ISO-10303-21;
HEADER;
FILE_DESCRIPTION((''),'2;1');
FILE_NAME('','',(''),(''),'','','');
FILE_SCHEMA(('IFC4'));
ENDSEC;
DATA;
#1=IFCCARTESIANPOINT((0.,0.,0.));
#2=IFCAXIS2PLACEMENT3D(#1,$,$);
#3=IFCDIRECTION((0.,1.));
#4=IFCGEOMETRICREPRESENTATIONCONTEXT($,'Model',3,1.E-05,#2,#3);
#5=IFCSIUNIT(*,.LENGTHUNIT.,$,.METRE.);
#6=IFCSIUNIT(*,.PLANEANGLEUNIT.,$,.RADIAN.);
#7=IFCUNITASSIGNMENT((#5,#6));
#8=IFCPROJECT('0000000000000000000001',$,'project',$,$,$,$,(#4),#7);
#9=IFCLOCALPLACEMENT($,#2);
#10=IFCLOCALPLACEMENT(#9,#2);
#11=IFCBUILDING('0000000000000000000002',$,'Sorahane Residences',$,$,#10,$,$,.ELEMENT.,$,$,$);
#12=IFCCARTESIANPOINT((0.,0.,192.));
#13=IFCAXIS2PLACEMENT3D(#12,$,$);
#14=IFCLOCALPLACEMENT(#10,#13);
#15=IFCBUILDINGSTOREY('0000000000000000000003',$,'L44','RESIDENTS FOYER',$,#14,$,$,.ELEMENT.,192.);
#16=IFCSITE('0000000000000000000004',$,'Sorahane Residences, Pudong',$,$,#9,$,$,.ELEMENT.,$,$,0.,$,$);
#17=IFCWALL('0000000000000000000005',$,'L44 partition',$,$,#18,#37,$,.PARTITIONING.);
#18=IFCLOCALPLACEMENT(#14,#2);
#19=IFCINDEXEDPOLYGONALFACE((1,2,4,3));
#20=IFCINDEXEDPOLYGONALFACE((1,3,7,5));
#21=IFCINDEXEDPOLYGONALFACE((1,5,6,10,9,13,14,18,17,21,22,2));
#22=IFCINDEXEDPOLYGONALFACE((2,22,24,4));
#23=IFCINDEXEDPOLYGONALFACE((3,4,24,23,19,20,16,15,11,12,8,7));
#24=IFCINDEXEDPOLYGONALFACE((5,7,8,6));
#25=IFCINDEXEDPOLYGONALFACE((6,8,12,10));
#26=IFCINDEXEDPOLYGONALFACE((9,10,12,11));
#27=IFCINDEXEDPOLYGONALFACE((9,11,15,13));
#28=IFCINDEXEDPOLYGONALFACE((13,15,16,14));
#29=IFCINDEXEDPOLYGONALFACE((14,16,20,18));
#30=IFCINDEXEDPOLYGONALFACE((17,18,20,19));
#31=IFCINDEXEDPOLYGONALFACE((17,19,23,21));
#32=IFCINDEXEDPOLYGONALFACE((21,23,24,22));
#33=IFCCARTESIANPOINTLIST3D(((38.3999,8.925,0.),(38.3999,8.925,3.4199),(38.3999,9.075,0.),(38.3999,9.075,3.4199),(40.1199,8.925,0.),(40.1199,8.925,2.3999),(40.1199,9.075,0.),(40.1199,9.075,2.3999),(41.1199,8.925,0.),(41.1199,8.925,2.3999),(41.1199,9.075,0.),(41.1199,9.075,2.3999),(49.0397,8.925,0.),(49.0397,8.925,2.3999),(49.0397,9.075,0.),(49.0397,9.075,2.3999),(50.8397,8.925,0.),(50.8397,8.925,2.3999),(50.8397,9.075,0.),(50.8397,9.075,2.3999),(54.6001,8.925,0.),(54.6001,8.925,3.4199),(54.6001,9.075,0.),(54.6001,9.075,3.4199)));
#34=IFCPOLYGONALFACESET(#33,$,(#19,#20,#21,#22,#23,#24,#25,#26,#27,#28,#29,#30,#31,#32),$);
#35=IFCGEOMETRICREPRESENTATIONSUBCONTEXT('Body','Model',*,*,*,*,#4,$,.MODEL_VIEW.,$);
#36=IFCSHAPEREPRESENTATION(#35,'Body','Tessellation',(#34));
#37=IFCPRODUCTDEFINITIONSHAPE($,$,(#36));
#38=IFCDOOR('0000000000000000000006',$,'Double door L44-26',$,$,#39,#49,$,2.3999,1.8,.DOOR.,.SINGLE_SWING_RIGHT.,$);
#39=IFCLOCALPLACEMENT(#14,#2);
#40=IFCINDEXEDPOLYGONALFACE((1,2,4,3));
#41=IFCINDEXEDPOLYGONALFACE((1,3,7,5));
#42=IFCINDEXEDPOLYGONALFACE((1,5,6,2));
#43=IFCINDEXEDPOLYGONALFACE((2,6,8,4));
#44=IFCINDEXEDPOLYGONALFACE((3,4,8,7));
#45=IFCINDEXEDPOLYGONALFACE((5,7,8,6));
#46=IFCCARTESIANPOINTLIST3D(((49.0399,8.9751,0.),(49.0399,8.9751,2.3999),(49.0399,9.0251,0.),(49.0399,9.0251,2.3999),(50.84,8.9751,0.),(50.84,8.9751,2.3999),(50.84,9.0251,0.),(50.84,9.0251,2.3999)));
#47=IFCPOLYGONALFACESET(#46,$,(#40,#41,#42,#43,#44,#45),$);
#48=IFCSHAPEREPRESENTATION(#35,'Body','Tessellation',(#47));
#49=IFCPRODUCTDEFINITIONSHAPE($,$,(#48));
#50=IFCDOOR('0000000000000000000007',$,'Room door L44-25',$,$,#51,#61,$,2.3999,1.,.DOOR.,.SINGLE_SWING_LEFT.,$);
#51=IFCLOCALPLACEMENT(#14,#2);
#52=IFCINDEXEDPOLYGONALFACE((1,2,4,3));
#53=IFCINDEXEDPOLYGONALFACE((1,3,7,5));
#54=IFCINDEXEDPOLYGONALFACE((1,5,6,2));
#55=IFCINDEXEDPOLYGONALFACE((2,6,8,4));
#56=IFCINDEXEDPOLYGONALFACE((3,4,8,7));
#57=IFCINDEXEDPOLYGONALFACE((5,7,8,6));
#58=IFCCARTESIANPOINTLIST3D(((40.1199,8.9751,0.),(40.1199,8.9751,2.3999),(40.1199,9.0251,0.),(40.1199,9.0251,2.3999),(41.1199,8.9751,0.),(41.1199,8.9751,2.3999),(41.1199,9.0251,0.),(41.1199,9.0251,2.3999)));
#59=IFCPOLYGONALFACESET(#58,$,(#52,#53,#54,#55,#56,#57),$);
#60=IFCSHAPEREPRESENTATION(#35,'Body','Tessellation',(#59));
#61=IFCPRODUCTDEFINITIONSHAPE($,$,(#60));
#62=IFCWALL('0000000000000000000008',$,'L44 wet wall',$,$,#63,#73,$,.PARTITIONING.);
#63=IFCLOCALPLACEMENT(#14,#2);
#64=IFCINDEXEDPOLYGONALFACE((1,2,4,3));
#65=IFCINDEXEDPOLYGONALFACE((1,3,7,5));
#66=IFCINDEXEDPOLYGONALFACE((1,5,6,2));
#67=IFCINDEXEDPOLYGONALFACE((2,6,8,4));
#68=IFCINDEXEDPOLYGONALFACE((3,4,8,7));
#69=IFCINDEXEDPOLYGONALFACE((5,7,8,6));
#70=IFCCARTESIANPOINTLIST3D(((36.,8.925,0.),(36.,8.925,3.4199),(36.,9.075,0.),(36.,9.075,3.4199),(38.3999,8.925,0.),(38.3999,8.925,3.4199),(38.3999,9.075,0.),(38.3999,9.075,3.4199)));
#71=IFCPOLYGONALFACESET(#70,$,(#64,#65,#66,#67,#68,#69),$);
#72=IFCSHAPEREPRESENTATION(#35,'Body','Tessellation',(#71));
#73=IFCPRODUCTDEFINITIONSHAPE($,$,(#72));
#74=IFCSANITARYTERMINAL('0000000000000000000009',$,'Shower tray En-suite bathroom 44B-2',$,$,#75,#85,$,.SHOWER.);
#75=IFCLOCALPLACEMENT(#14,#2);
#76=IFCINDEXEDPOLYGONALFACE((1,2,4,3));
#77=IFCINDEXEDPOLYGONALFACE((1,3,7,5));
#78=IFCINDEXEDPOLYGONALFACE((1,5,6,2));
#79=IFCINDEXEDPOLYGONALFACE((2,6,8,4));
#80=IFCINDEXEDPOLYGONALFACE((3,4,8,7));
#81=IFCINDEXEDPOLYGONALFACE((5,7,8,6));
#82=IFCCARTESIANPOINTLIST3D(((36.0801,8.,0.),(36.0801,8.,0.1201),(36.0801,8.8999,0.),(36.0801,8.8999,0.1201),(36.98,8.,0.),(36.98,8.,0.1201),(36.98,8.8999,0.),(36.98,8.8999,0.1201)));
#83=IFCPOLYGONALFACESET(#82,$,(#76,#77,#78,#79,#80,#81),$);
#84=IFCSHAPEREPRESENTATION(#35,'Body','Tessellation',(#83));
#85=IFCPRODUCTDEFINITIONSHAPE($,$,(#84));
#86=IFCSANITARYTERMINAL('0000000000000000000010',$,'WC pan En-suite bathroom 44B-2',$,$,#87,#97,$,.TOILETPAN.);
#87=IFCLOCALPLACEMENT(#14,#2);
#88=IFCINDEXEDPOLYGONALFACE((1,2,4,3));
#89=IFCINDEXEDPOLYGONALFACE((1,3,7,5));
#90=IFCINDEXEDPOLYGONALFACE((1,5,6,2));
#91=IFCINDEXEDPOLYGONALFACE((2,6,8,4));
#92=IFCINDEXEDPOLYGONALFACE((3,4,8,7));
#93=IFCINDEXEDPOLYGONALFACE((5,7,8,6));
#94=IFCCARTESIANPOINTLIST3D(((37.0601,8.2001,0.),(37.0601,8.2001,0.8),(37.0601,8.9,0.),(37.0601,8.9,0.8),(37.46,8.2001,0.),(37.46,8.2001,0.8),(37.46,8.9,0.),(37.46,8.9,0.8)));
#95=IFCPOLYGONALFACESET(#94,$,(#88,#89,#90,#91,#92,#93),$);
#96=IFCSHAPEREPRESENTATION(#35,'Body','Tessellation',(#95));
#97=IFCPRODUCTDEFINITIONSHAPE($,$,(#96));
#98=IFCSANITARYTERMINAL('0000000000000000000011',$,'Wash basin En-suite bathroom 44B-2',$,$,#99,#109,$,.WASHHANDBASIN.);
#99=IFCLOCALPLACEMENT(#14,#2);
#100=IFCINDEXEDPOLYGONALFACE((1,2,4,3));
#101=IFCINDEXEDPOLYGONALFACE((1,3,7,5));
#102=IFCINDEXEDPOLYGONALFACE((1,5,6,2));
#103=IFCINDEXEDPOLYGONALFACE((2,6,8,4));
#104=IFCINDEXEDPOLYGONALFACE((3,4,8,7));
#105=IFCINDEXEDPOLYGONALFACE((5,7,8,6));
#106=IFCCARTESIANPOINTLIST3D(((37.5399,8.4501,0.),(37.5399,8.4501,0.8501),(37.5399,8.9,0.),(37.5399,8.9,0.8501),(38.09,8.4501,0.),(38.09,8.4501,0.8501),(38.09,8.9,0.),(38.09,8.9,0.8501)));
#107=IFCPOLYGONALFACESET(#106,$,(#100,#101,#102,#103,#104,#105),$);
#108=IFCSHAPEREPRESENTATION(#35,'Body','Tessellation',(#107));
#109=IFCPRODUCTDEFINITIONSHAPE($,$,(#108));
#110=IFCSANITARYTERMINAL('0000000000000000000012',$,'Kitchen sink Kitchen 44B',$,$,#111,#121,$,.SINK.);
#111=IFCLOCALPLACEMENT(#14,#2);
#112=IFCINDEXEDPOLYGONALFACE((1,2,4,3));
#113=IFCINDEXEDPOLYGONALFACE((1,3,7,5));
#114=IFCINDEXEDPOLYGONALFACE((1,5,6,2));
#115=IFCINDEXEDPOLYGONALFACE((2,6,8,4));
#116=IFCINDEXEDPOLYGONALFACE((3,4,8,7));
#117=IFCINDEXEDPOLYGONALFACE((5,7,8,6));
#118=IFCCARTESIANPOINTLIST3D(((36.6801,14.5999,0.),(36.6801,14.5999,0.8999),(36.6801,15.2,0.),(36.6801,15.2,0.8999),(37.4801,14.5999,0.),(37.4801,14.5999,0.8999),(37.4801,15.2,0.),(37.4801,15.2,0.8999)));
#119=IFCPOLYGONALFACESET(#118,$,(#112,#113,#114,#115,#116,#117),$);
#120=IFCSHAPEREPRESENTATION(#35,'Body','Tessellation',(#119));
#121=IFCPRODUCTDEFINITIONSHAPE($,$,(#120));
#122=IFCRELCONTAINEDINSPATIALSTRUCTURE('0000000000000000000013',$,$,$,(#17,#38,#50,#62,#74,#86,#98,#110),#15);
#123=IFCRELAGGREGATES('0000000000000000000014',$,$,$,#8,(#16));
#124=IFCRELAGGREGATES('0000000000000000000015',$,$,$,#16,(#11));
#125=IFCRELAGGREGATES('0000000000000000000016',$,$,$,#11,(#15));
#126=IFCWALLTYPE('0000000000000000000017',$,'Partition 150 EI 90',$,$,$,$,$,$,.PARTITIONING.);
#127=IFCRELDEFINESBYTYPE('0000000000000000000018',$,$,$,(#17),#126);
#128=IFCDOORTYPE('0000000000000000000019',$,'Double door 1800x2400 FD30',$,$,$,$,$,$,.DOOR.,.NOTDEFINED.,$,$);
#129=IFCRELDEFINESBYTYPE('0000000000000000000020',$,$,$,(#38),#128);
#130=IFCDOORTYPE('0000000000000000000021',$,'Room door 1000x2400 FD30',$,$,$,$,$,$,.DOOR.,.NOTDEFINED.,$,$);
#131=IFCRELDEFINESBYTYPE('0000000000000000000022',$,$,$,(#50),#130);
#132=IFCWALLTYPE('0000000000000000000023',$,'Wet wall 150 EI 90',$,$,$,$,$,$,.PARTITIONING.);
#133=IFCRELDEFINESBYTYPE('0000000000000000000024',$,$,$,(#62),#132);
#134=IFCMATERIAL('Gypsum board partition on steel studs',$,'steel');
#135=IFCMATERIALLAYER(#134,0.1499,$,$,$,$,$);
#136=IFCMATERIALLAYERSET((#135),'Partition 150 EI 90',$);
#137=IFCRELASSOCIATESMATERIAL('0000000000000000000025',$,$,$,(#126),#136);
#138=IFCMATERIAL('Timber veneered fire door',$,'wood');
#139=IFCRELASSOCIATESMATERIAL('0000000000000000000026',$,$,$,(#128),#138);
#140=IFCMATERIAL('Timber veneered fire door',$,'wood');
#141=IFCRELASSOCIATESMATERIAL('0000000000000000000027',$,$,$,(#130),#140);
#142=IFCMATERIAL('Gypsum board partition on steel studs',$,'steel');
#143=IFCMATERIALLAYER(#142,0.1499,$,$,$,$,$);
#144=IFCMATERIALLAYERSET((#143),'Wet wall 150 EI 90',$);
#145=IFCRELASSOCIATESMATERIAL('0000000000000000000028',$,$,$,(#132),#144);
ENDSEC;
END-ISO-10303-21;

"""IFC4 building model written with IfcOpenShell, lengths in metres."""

from ifc_helpers import new_model, si_unit, direction, frame, frame_2d, origin, origin_2d, place, context, subcontext, project, spatial, rectangle, extrude, material, layer, layer_set, type_object, element, fill, save


model = new_model("IFC4")

# Units and contexts
model_context = context("Model", 3, precision=1e-05, world=origin(), true_north=direction((0.0, 1.0)))
body_context = subcontext(model_context, "Body", "Model", "MODEL_VIEW")
ifc_project = project(units=[si_unit("LENGTHUNIT", "METRE"), si_unit("PLANEANGLEUNIT", "RADIAN")], contexts=[model_context])

# Site, building, storey
site_placement = place(None, origin())
site = spatial("IfcSite", under=ifc_project, at=site_placement, Name="Sorahane Residences, Pudong", CompositionType="ELEMENT", RefElevation=0.0)
building_placement = place(site_placement, origin())
building = spatial("IfcBuilding", under=site, at=building_placement, Name="Sorahane Residences", CompositionType="ELEMENT")
storey_placement = place(building_placement, frame((0.0, 0.0, 192.0)))
storey = spatial("IfcBuildingStorey", under=building, at=storey_placement, Name="L44", Description="RESIDENTS FOYER", CompositionType="ELEMENT", Elevation=192.0)

# Wall, openings, doors
ifc_material_1 = material(Name="Gypsum board partition on steel studs", Category="steel")
ifc_layer_1 = layer(ifc_material_1, 0.1499)
ifc_layer_set_1 = layer_set([ifc_layer_1], Name="Partition 150 EI 90")
wall_type_1 = type_object("IfcWallType", Name="Partition 150 EI 90", PredefinedType="PARTITIONING", material=ifc_layer_set_1)
wall_1_placement = place(storey_placement, frame((38.3999, 9.0, 0.0), z_axis=(0.0, 0.0, 1.0), x_axis=(1.0, 0.0, 0.0)))
wall_1 = element("IfcWall", 1, at=wall_1_placement, inside=storey, type_object=wall_type_1, Name="L44 partition", PredefinedType="PARTITIONING", context=body_context, shape_type="SweptSolid", body=[
    extrude(rectangle(XDim=16.2002, YDim=0.1499, at=frame_2d((8.1001, 0.0))), origin(), (0.0, 0.0, 1.0), 3.4199),
])
opening_1_placement = place(wall_1_placement, frame((1.72, 0.0, 0.0)))
opening_1 = element("IfcOpeningElement", 2, at=opening_1_placement, cuts=wall_1, PredefinedType="OPENING", context=body_context, shape_type="SweptSolid", body=[
    extrude(rectangle(XDim=1.0, YDim=2.3999, at=frame_2d((0.5, 1.2))), frame((0.0, 0.085, 0.0), z_axis=(0.0, -1.0, 0.0), x_axis=(1.0, 0.0, 0.0)), (0.0, 0.0, 1.0), 0.1699),
])
opening_2_placement = place(wall_1_placement, frame((10.6399, 0.0, 0.0)))
opening_2 = element("IfcOpeningElement", 3, at=opening_2_placement, cuts=wall_1, PredefinedType="OPENING", context=body_context, shape_type="SweptSolid", body=[
    extrude(rectangle(XDim=1.8, YDim=2.3999, at=frame_2d((0.8999, 1.2))), frame((0.0, 0.085, 0.0), z_axis=(0.0, -1.0, 0.0), x_axis=(1.0, 0.0, 0.0)), (0.0, 0.0, 1.0), 0.1699),
])
ifc_material_2 = material(Name="Timber veneered fire door", Category="wood")
door_type_1 = type_object("IfcDoorType", Name="Double door 1800x2400 FD30", OperationType="NOTDEFINED", PredefinedType="DOOR", material=ifc_material_2)
door_1_placement = place(opening_2_placement, frame((1.8, 0.0, 0.0), z_axis=(0.0, 0.0, 1.0), x_axis=(-1.0, 0.0, 0.0)))
door_1 = element("IfcDoor", 4, at=door_1_placement, inside=storey, type_object=door_type_1, Name="Double door L44-26", OperationType="SINGLE_SWING_RIGHT", OverallHeight=2.3999, OverallWidth=1.8, PredefinedType="DOOR", context=body_context, shape_type="SweptSolid", body=[
    extrude(rectangle(XDim=1.8, YDim=2.3999, at=frame_2d((0.8999, 1.2))), frame((0.0, 0.0249, 0.0), z_axis=(0.0, -1.0, 0.0), x_axis=(1.0, 0.0, 0.0)), (0.0, 0.0, 1.0), 0.05),
])
fill(opening_2, door_1)
ifc_material_3 = material(Name="Timber veneered fire door", Category="wood")
door_type_2 = type_object("IfcDoorType", Name="Room door 1000x2400 FD30", OperationType="NOTDEFINED", PredefinedType="DOOR", material=ifc_material_3)
door_2_placement = place(opening_1_placement, frame((1.0, 0.0, 0.0), z_axis=(0.0, 0.0, 1.0), x_axis=(-1.0, 0.0, 0.0)))
door_2 = element("IfcDoor", 5, at=door_2_placement, inside=storey, type_object=door_type_2, Name="Room door L44-25", OperationType="SINGLE_SWING_LEFT", OverallHeight=2.3999, OverallWidth=1.0, PredefinedType="DOOR", context=body_context, shape_type="SweptSolid", body=[
    extrude(rectangle(XDim=1.0, YDim=2.3999, at=frame_2d((0.5, 1.2))), frame((0.0, 0.0249, 0.0), z_axis=(0.0, -1.0, 0.0), x_axis=(1.0, 0.0, 0.0)), (0.0, 0.0, 1.0), 0.05),
])
fill(opening_1, door_2)

# Wall
ifc_material_4 = material(Name="Gypsum board partition on steel studs", Category="steel")
ifc_layer_2 = layer(ifc_material_4, 0.1499)
ifc_layer_set_2 = layer_set([ifc_layer_2], Name="Wet wall 150 EI 90")
wall_type_2 = type_object("IfcWallType", Name="Wet wall 150 EI 90", PredefinedType="PARTITIONING", material=ifc_layer_set_2)
wall_2_placement = place(storey_placement, frame((36.0, 9.0, 0.0), z_axis=(0.0, 0.0, 1.0), x_axis=(1.0, 0.0, 0.0)))
element("IfcWall", 6, at=wall_2_placement, inside=storey, type_object=wall_type_2, Name="L44 wet wall", PredefinedType="PARTITIONING", context=body_context, shape_type="SweptSolid", body=[
    extrude(rectangle(XDim=2.3999, YDim=0.1499, at=frame_2d((1.2, 0.0))), origin(), (0.0, 0.0, 1.0), 3.4199),
])

# Sanitary terminals
sanitary_terminal_1_placement = place(storey_placement, frame((36.53, 8.45, 0.0), z_axis=(0.0, 0.0, 1.0), x_axis=(1.0, 0.0, 0.0)))
element("IfcSanitaryTerminal", 7, at=sanitary_terminal_1_placement, inside=storey, Name="Shower tray En-suite bathroom 44B-2", PredefinedType="SHOWER", context=body_context, shape_type="SweptSolid", body=[
    extrude(rectangle(XDim=0.8999, YDim=0.8999, at=origin_2d()), origin(), (0.0, 0.0, 1.0), 0.1201),
])
sanitary_terminal_2_placement = place(storey_placement, frame((37.26, 8.55, 0.0), z_axis=(0.0, 0.0, 1.0), x_axis=(1.0, 0.0, 0.0)))
element("IfcSanitaryTerminal", 8, at=sanitary_terminal_2_placement, inside=storey, Name="WC pan En-suite bathroom 44B-2", PredefinedType="TOILETPAN", context=body_context, shape_type="SweptSolid", body=[
    extrude(rectangle(XDim=0.3999, YDim=0.7, at=origin_2d()), origin(), (0.0, 0.0, 1.0), 0.8),
])
sanitary_terminal_3_placement = place(storey_placement, frame((37.8149, 8.675, 0.0), z_axis=(0.0, 0.0, 1.0), x_axis=(1.0, 0.0, 0.0)))
element("IfcSanitaryTerminal", 9, at=sanitary_terminal_3_placement, inside=storey, Name="Wash basin En-suite bathroom 44B-2", PredefinedType="WASHHANDBASIN", context=body_context, shape_type="SweptSolid", body=[
    extrude(rectangle(XDim=0.55, YDim=0.45, at=origin_2d()), origin(), (0.0, 0.0, 1.0), 0.8501),
])
sanitary_terminal_4_placement = place(storey_placement, frame((37.0801, 14.8999, 0.0), z_axis=(0.0, 0.0, 1.0), x_axis=(1.0, 0.0, 0.0)))
element("IfcSanitaryTerminal", 10, at=sanitary_terminal_4_placement, inside=storey, Name="Kitchen sink Kitchen 44B", PredefinedType="SINK", context=body_context, shape_type="SweptSolid", body=[
    extrude(rectangle(XDim=0.8, YDim=0.6001, at=origin_2d()), origin(), (0.0, 0.0, 1.0), 0.8999),
])

save(model, "model.ifc")
